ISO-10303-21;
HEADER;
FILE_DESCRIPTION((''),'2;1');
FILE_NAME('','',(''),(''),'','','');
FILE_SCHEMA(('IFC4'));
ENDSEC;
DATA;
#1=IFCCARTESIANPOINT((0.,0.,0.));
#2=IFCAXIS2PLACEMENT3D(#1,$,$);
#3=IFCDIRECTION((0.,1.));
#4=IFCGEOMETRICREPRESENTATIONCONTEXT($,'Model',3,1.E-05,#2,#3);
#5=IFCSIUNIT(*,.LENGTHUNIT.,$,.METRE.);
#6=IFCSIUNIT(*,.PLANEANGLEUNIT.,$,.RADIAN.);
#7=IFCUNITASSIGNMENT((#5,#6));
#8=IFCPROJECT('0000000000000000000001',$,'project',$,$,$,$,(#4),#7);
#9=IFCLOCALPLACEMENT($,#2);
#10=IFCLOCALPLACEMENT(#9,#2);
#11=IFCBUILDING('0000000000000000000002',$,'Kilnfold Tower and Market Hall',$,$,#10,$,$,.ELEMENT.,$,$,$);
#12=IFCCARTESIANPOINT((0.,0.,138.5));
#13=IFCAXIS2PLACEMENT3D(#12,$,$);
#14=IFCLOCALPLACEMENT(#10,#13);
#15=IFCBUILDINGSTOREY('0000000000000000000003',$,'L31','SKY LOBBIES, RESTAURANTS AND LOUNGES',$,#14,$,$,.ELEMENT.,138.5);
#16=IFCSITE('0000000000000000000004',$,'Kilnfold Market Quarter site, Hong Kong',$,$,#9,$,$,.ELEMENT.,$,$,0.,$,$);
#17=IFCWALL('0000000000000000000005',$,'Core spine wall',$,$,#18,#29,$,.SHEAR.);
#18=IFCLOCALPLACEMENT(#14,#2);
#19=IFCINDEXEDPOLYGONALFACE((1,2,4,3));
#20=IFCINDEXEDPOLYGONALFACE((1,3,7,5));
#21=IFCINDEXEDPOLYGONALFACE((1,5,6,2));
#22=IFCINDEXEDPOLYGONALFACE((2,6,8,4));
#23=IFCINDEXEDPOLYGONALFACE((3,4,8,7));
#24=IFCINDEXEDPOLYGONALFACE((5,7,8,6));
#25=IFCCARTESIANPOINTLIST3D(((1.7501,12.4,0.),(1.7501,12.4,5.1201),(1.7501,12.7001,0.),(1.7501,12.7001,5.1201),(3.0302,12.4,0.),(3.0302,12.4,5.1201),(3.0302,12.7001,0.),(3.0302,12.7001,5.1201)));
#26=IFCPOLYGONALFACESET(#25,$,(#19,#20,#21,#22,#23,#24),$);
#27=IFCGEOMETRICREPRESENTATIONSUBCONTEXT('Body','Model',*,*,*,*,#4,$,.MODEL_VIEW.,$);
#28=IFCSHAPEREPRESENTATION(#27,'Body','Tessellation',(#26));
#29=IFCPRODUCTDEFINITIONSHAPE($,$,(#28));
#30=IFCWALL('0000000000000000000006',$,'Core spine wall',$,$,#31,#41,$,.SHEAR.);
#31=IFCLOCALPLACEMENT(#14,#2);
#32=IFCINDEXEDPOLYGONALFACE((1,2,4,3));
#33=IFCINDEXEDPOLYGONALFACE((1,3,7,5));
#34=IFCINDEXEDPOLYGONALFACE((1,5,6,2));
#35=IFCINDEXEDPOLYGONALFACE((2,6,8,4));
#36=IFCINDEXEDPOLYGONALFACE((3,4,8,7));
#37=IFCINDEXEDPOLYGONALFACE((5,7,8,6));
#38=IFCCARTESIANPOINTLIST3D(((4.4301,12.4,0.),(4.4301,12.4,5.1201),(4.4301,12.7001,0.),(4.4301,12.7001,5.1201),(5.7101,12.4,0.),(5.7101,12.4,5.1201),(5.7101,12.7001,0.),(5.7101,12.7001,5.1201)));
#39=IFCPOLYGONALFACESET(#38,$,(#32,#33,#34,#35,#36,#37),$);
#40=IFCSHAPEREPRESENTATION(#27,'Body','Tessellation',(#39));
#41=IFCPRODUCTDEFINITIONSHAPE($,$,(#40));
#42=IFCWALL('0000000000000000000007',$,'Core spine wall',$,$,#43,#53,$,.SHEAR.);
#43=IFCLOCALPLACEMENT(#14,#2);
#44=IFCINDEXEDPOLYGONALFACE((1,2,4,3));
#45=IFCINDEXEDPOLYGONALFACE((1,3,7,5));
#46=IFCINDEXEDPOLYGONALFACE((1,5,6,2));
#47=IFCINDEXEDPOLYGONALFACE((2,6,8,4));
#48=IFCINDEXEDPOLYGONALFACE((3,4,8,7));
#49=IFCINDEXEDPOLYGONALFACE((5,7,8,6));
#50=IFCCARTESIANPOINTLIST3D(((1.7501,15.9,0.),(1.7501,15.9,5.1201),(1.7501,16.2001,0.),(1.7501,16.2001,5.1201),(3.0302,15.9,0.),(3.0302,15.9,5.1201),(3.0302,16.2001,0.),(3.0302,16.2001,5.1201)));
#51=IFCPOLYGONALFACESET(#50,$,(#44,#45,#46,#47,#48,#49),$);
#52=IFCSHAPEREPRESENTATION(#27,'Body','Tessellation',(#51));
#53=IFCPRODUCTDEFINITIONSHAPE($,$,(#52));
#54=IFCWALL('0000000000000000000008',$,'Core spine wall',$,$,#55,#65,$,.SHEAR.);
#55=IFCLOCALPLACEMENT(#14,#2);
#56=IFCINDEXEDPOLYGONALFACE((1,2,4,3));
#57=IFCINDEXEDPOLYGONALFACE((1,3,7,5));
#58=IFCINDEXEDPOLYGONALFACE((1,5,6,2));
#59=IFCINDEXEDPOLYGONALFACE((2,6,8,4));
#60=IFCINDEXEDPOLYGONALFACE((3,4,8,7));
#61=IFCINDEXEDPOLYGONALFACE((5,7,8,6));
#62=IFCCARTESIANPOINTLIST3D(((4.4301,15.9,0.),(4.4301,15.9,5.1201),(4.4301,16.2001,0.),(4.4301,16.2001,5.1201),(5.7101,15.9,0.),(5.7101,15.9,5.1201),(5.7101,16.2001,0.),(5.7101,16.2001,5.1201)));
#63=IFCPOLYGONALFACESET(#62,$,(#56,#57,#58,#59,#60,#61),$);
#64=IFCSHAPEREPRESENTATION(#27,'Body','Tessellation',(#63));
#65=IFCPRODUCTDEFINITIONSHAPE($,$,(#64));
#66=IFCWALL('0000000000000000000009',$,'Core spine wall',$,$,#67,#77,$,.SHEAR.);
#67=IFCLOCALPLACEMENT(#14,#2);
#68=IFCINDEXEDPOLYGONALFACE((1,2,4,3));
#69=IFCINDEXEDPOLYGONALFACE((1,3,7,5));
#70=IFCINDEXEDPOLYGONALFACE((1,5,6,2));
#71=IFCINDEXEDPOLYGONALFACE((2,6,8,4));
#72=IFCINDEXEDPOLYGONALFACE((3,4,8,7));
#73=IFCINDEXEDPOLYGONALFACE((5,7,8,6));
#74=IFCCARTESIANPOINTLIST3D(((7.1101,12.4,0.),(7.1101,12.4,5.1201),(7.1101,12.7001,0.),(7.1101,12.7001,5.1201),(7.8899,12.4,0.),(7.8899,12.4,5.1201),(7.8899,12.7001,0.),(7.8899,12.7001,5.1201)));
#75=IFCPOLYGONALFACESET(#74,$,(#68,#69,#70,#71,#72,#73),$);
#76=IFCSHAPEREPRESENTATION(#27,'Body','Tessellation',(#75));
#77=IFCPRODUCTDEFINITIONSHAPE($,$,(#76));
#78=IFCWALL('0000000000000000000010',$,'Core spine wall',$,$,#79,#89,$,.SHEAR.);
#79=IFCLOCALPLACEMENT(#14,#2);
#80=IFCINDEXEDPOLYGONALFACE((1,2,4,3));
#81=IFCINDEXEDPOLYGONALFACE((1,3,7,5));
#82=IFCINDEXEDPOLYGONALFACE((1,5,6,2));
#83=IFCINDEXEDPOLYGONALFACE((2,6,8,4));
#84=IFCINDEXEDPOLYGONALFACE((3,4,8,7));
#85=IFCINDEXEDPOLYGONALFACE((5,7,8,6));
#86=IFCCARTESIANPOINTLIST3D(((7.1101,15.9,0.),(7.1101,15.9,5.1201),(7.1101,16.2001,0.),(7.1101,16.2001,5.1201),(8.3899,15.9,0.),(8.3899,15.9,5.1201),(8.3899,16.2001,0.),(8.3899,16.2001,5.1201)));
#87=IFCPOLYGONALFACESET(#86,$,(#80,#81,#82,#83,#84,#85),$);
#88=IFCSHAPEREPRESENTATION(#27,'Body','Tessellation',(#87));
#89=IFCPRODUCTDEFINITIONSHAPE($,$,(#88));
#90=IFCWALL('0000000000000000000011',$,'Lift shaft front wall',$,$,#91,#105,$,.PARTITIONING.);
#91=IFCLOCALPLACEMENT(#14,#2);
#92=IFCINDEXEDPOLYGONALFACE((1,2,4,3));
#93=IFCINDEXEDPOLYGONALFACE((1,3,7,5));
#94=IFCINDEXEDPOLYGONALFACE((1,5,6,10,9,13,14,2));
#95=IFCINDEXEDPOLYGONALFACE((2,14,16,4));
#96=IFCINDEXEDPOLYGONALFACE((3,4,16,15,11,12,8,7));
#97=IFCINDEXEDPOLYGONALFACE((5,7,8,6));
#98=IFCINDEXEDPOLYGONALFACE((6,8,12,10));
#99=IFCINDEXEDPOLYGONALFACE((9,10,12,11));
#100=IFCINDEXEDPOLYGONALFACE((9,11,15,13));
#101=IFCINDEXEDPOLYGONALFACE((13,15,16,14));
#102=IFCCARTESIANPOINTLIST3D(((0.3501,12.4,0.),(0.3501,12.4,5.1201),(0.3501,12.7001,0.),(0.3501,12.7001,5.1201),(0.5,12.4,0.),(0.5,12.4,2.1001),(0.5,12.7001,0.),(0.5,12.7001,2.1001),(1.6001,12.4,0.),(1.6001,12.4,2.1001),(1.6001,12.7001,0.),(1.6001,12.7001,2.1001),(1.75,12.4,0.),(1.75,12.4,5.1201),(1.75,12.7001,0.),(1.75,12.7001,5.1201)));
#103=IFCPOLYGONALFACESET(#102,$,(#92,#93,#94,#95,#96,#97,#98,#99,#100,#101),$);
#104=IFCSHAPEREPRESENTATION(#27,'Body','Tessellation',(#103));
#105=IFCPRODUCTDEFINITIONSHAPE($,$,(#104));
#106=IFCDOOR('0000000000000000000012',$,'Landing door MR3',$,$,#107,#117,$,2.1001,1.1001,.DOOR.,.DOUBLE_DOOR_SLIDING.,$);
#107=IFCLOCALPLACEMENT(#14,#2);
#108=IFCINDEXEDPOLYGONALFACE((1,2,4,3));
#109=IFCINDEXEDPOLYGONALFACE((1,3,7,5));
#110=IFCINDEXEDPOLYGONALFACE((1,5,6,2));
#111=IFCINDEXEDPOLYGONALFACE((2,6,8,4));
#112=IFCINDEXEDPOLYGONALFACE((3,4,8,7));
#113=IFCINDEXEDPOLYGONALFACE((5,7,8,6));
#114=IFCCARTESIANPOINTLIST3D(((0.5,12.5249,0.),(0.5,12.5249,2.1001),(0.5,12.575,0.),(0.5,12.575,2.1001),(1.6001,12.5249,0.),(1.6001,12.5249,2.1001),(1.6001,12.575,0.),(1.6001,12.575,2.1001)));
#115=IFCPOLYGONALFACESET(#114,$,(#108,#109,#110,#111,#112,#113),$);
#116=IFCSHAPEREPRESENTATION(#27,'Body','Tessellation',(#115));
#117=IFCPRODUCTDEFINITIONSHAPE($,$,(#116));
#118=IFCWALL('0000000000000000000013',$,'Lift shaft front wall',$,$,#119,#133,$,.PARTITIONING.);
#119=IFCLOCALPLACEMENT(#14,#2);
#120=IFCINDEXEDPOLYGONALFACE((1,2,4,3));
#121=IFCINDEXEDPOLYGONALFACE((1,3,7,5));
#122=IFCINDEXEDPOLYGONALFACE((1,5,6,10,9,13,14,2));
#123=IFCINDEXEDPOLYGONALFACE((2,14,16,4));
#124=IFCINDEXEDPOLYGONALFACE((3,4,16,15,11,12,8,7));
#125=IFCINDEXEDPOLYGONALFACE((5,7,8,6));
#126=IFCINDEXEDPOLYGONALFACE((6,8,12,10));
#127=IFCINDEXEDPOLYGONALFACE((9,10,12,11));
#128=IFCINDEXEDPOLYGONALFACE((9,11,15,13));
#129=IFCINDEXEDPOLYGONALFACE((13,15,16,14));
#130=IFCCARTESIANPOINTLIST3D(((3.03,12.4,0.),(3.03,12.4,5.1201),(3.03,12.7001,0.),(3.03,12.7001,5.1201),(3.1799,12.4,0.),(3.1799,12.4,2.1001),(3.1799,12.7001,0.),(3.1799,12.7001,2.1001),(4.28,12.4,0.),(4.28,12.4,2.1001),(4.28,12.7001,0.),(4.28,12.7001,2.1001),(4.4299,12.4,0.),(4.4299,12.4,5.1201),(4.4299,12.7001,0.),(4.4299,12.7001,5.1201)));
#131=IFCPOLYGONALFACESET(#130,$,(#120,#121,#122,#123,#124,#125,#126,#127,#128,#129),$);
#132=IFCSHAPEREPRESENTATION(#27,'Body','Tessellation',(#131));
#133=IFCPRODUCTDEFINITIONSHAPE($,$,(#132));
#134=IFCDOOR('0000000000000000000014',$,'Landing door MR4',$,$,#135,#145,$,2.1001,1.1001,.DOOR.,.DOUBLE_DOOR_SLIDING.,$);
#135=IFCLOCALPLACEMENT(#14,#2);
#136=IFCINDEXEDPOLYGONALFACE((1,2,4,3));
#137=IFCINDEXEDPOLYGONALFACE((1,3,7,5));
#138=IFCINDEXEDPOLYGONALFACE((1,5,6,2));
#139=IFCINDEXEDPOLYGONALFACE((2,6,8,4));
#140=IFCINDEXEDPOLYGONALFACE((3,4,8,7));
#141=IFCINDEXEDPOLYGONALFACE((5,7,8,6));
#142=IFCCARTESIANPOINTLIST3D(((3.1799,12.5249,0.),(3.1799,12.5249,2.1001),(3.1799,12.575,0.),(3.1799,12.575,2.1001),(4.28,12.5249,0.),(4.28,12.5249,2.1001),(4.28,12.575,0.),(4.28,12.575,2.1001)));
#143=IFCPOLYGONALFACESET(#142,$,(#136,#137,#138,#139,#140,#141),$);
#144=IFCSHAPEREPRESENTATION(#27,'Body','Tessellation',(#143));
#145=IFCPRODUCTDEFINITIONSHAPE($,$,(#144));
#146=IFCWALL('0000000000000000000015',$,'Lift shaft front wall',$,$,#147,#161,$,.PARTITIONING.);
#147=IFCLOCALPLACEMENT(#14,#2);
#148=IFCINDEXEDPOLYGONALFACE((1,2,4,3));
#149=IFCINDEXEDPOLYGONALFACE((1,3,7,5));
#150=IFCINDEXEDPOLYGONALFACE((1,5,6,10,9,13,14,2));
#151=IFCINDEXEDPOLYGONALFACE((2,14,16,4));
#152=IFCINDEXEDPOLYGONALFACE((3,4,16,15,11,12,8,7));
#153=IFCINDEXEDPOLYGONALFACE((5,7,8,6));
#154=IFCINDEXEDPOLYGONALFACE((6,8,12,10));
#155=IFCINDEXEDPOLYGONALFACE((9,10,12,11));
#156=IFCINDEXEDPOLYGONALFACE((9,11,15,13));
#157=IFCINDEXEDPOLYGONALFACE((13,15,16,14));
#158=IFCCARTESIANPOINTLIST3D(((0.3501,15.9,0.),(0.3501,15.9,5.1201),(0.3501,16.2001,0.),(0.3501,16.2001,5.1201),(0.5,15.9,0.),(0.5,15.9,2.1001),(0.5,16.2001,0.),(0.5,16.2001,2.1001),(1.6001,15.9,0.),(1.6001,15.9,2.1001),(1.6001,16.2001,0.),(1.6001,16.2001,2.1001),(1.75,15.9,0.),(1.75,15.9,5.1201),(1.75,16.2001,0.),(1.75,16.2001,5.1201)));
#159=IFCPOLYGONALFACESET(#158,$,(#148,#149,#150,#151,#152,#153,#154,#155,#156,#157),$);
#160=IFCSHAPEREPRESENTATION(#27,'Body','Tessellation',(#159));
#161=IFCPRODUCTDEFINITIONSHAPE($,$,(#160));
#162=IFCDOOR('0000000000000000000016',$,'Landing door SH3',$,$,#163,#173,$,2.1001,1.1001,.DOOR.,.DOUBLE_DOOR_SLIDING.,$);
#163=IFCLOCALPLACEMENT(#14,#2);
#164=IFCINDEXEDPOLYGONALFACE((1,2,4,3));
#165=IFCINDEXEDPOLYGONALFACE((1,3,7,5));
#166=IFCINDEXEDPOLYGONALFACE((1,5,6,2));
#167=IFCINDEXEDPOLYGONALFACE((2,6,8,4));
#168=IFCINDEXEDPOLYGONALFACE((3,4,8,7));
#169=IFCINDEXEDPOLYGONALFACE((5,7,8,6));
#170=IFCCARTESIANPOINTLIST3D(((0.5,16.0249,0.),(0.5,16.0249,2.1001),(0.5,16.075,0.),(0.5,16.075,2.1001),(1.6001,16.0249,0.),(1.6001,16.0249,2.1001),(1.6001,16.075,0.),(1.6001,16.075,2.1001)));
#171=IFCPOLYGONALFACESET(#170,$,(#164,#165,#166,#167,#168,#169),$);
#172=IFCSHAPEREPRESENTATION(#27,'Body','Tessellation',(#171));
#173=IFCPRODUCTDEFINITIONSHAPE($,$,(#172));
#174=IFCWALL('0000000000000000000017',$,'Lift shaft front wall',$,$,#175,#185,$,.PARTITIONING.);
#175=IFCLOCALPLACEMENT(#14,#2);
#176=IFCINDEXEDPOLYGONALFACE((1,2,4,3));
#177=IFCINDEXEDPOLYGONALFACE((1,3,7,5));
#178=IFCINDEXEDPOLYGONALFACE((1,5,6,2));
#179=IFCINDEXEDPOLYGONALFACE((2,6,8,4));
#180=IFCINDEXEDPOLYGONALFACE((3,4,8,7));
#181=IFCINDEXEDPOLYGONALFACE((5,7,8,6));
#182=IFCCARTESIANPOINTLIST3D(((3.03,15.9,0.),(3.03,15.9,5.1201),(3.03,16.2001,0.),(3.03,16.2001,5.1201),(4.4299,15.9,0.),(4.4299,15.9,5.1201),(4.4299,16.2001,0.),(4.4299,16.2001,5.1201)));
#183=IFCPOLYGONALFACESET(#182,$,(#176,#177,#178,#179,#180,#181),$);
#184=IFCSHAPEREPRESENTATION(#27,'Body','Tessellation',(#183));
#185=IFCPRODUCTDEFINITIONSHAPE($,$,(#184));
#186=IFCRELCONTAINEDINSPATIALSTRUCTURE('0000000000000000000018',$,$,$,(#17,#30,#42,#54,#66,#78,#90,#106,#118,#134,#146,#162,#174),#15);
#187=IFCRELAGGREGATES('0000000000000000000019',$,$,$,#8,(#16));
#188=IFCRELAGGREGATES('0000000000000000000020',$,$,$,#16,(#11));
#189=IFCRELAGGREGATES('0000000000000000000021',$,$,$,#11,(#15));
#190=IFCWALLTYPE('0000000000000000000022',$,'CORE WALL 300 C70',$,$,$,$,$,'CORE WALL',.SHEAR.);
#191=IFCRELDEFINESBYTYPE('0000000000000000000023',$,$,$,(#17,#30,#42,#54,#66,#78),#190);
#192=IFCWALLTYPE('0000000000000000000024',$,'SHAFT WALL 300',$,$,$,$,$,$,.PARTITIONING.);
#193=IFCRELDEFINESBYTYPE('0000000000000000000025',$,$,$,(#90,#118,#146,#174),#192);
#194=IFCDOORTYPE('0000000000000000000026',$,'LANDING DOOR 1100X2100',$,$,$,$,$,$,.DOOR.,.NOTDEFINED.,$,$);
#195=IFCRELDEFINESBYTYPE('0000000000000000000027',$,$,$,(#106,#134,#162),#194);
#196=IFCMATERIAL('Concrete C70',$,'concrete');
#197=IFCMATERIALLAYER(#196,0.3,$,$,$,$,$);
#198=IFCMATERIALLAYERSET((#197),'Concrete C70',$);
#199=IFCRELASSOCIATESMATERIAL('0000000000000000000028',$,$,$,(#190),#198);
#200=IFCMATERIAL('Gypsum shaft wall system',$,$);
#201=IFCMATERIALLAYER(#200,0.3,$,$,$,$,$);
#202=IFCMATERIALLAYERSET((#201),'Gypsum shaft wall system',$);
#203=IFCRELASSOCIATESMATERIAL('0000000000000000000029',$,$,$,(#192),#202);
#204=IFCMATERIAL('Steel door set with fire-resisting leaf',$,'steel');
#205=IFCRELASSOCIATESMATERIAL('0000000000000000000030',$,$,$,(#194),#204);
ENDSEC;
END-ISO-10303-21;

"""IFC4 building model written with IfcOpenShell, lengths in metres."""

from ifc_helpers import new_model, si_unit, direction, frame, frame_2d, origin, place, context, subcontext, project, spatial, rectangle, extrude, source, transform, mapped, material, layer, layer_set, type_object, element, fill, save


model = new_model("IFC4")

# Units and contexts
model_context = context("Model", 3, precision=1e-05, world=origin(), true_north=direction((0.0, 1.0)))
body_context = subcontext(model_context, "Body", "Model", "MODEL_VIEW")
ifc_project = project(units=[si_unit("LENGTHUNIT", "METRE"), si_unit("PLANEANGLEUNIT", "RADIAN")], contexts=[model_context])

# Site, building, storey
site_placement = place(None, origin())
site = spatial("IfcSite", under=ifc_project, at=site_placement, Name="Kilnfold Market Quarter site, Hong Kong", CompositionType="ELEMENT", RefElevation=0.0)
building_placement = place(site_placement, origin())
building = spatial("IfcBuilding", under=site, at=building_placement, Name="Kilnfold Tower and Market Hall", CompositionType="ELEMENT")
storey_placement = place(building_placement, frame((0.0, 0.0, 138.5)))
storey = spatial("IfcBuildingStorey", under=building, at=storey_placement, Name="L31", Description="SKY LOBBIES, RESTAURANTS AND LOUNGES", CompositionType="ELEMENT", Elevation=138.5)

# Walls
ifc_material_1 = material(Name="Concrete C70", Category="concrete")
ifc_layer_1 = layer(ifc_material_1, 0.3)
ifc_layer_set_1 = layer_set([ifc_layer_1], Name="Concrete C70")
wall_type_1 = type_object("IfcWallType", Name="CORE WALL 300 C70", ElementType="CORE WALL", PredefinedType="SHEAR", material=ifc_layer_set_1)
shared_shape_1 = source(origin(), body_context, "Body", "SweptSolid", [
    extrude(rectangle(XDim=1.28, YDim=0.3, at=frame_2d((0.6401, 0.0))), origin(), (0.0, 0.0, 1.0), 5.1201),
])
for number, where, z_axis, x_axis, name in (
    (1, (1.75, 12.55, 0.0), (0.0, 0.0, 1.0), (1.0, 0.0, 0.0), "Core spine wall"),
    (2, (4.4299, 12.55, 0.0), (0.0, 0.0, 1.0), (1.0, 0.0, 0.0), "Core spine wall"),
    (3, (1.75, 16.05, 0.0), (0.0, 0.0, 1.0), (1.0, 0.0, 0.0), "Core spine wall"),
    (4, (4.4299, 16.05, 0.0), (0.0, 0.0, 1.0), (1.0, 0.0, 0.0), "Core spine wall"),
):
    element("IfcWall", number, at=place(storey_placement, frame(where, z_axis=z_axis, x_axis=x_axis)), inside=storey, type_object=wall_type_1, Name=name, PredefinedType="SHEAR", context=body_context, shape_type="MappedRepresentation", body=[
        mapped(shared_shape_1, transform((0.0, 0.0, 0.0))),
    ])
shared_shape_2 = source(origin(), body_context, "Body", "SweptSolid", [
    extrude(rectangle(XDim=0.7798, YDim=0.3, at=frame_2d((0.3899, 0.0))), origin(), (0.0, 0.0, 1.0), 5.1201),
])
wall_1_placement = place(storey_placement, frame((7.1101, 12.55, 0.0), z_axis=(0.0, 0.0, 1.0), x_axis=(1.0, 0.0, 0.0)))
element("IfcWall", 5, at=wall_1_placement, inside=storey, type_object=wall_type_1, Name="Core spine wall", PredefinedType="SHEAR", context=body_context, shape_type="MappedRepresentation", body=[
    mapped(shared_shape_2, transform((0.0, 0.0, 0.0))),
])
shared_shape_3 = source(origin(), body_context, "Body", "SweptSolid", [
    extrude(rectangle(XDim=1.2798, YDim=0.3, at=frame_2d((0.6399, 0.0))), origin(), (0.0, 0.0, 1.0), 5.1201),
])
wall_2_placement = place(storey_placement, frame((7.1101, 16.05, 0.0), z_axis=(0.0, 0.0, 1.0), x_axis=(1.0, 0.0, 0.0)))
element("IfcWall", 6, at=wall_2_placement, inside=storey, type_object=wall_type_1, Name="Core spine wall", PredefinedType="SHEAR", context=body_context, shape_type="MappedRepresentation", body=[
    mapped(shared_shape_3, transform((0.0, 0.0, 0.0))),
])

# Walls, openings, doors
ifc_material_2 = material(Name="Gypsum shaft wall system")
ifc_layer_2 = layer(ifc_material_2, 0.3)
ifc_layer_set_2 = layer_set([ifc_layer_2], Name="Gypsum shaft wall system")
wall_type_2 = type_object("IfcWallType", Name="SHAFT WALL 300", PredefinedType="PARTITIONING", material=ifc_layer_set_2)
shared_shape_4 = source(origin(), body_context, "Body", "SweptSolid", [
    extrude(rectangle(XDim=1.3999, YDim=0.3, at=frame_2d((0.7, 0.0))), origin(), (0.0, 0.0, 1.0), 5.1201),
])
wall_3_placement = place(storey_placement, frame((0.3501, 12.55, 0.0), z_axis=(0.0, 0.0, 1.0), x_axis=(1.0, 0.0, 0.0)))
wall_3 = element("IfcWall", 7, at=wall_3_placement, inside=storey, type_object=wall_type_2, Name="Lift shaft front wall", PredefinedType="PARTITIONING", context=body_context, shape_type="MappedRepresentation", body=[
    mapped(shared_shape_4, transform((0.0, 0.0, 0.0))),
])
opening_1_placement = place(wall_3_placement, frame((0.1499, 0.0, 0.0)))
opening_1 = element("IfcOpeningElement", 8, at=opening_1_placement, cuts=wall_3, PredefinedType="OPENING", context=body_context, shape_type="SweptSolid", body=[
    extrude(rectangle(XDim=1.1001, YDim=2.1001, at=frame_2d((0.55, 1.05))), frame((0.0, 0.1602, 0.0), z_axis=(0.0, -1.0, 0.0), x_axis=(1.0, 0.0, 0.0)), (0.0, 0.0, 1.0), 0.3201),
])
ifc_material_3 = material(Name="Steel door set with fire-resisting leaf", Category="steel")
door_type = type_object("IfcDoorType", Name="LANDING DOOR 1100X2100", OperationType="NOTDEFINED", PredefinedType="DOOR", material=ifc_material_3)
door_1_placement = place(opening_1_placement, origin())
door_1 = element("IfcDoor", 9, at=door_1_placement, inside=storey, type_object=door_type, Name="Landing door MR3", OperationType="DOUBLE_DOOR_SLIDING", OverallHeight=2.1001, OverallWidth=1.1001, PredefinedType="DOOR", context=body_context, shape_type="SweptSolid", body=[
    extrude(rectangle(XDim=1.1001, YDim=2.1001, at=frame_2d((0.55, 1.05))), frame((0.0, 0.0249, 0.0), z_axis=(0.0, -1.0, 0.0), x_axis=(1.0, 0.0, 0.0)), (0.0, 0.0, 1.0), 0.05),
])
fill(opening_1, door_1)
wall_4_placement = place(storey_placement, frame((3.03, 12.55, 0.0), z_axis=(0.0, 0.0, 1.0), x_axis=(1.0, 0.0, 0.0)))
wall_4 = element("IfcWall", 10, at=wall_4_placement, inside=storey, type_object=wall_type_2, Name="Lift shaft front wall", PredefinedType="PARTITIONING", context=body_context, shape_type="MappedRepresentation", body=[
    mapped(shared_shape_4, transform((0.0, 0.0, 0.0))),
])
opening_2_placement = place(wall_4_placement, frame((0.1499, 0.0, 0.0)))
opening_2 = element("IfcOpeningElement", 11, at=opening_2_placement, cuts=wall_4, PredefinedType="OPENING", context=body_context, shape_type="SweptSolid", body=[
    extrude(rectangle(XDim=1.1001, YDim=2.1001, at=frame_2d((0.55, 1.05))), frame((0.0, 0.1602, 0.0), z_axis=(0.0, -1.0, 0.0), x_axis=(1.0, 0.0, 0.0)), (0.0, 0.0, 1.0), 0.3201),
])
door_2_placement = place(opening_2_placement, origin())
door_2 = element("IfcDoor", 12, at=door_2_placement, inside=storey, type_object=door_type, Name="Landing door MR4", OperationType="DOUBLE_DOOR_SLIDING", OverallHeight=2.1001, OverallWidth=1.1001, PredefinedType="DOOR", context=body_context, shape_type="SweptSolid", body=[
    extrude(rectangle(XDim=1.1001, YDim=2.1001, at=frame_2d((0.55, 1.05))), frame((0.0, 0.0249, 0.0), z_axis=(0.0, -1.0, 0.0), x_axis=(1.0, 0.0, 0.0)), (0.0, 0.0, 1.0), 0.05),
])
fill(opening_2, door_2)
wall_5_placement = place(storey_placement, frame((0.3501, 16.05, 0.0), z_axis=(0.0, 0.0, 1.0), x_axis=(1.0, 0.0, 0.0)))
wall_5 = element("IfcWall", 13, at=wall_5_placement, inside=storey, type_object=wall_type_2, Name="Lift shaft front wall", PredefinedType="PARTITIONING", context=body_context, shape_type="MappedRepresentation", body=[
    mapped(shared_shape_4, transform((0.0, 0.0, 0.0))),
])
opening_3_placement = place(wall_5_placement, frame((0.1499, 0.0, 0.0)))
opening_3 = element("IfcOpeningElement", 14, at=opening_3_placement, cuts=wall_5, PredefinedType="OPENING", context=body_context, shape_type="SweptSolid", body=[
    extrude(rectangle(XDim=1.1001, YDim=2.1001, at=frame_2d((0.55, 1.05))), frame((0.0, 0.1602, 0.0), z_axis=(0.0, -1.0, 0.0), x_axis=(1.0, 0.0, 0.0)), (0.0, 0.0, 1.0), 0.3201),
])
door_3_placement = place(opening_3_placement, origin())
door_3 = element("IfcDoor", 15, at=door_3_placement, inside=storey, type_object=door_type, Name="Landing door SH3", OperationType="DOUBLE_DOOR_SLIDING", OverallHeight=2.1001, OverallWidth=1.1001, PredefinedType="DOOR", context=body_context, shape_type="SweptSolid", body=[
    extrude(rectangle(XDim=1.1001, YDim=2.1001, at=frame_2d((0.55, 1.05))), frame((0.0, 0.0249, 0.0), z_axis=(0.0, -1.0, 0.0), x_axis=(1.0, 0.0, 0.0)), (0.0, 0.0, 1.0), 0.05),
])
fill(opening_3, door_3)

# Wall
wall_6_placement = place(storey_placement, frame((3.03, 16.05, 0.0), z_axis=(0.0, 0.0, 1.0), x_axis=(1.0, 0.0, 0.0)))
element("IfcWall", 16, at=wall_6_placement, inside=storey, type_object=wall_type_2, Name="Lift shaft front wall", PredefinedType="PARTITIONING", context=body_context, shape_type="MappedRepresentation", body=[
    mapped(shared_shape_4, transform((0.0, 0.0, 0.0))),
])

save(model, "model.ifc")
